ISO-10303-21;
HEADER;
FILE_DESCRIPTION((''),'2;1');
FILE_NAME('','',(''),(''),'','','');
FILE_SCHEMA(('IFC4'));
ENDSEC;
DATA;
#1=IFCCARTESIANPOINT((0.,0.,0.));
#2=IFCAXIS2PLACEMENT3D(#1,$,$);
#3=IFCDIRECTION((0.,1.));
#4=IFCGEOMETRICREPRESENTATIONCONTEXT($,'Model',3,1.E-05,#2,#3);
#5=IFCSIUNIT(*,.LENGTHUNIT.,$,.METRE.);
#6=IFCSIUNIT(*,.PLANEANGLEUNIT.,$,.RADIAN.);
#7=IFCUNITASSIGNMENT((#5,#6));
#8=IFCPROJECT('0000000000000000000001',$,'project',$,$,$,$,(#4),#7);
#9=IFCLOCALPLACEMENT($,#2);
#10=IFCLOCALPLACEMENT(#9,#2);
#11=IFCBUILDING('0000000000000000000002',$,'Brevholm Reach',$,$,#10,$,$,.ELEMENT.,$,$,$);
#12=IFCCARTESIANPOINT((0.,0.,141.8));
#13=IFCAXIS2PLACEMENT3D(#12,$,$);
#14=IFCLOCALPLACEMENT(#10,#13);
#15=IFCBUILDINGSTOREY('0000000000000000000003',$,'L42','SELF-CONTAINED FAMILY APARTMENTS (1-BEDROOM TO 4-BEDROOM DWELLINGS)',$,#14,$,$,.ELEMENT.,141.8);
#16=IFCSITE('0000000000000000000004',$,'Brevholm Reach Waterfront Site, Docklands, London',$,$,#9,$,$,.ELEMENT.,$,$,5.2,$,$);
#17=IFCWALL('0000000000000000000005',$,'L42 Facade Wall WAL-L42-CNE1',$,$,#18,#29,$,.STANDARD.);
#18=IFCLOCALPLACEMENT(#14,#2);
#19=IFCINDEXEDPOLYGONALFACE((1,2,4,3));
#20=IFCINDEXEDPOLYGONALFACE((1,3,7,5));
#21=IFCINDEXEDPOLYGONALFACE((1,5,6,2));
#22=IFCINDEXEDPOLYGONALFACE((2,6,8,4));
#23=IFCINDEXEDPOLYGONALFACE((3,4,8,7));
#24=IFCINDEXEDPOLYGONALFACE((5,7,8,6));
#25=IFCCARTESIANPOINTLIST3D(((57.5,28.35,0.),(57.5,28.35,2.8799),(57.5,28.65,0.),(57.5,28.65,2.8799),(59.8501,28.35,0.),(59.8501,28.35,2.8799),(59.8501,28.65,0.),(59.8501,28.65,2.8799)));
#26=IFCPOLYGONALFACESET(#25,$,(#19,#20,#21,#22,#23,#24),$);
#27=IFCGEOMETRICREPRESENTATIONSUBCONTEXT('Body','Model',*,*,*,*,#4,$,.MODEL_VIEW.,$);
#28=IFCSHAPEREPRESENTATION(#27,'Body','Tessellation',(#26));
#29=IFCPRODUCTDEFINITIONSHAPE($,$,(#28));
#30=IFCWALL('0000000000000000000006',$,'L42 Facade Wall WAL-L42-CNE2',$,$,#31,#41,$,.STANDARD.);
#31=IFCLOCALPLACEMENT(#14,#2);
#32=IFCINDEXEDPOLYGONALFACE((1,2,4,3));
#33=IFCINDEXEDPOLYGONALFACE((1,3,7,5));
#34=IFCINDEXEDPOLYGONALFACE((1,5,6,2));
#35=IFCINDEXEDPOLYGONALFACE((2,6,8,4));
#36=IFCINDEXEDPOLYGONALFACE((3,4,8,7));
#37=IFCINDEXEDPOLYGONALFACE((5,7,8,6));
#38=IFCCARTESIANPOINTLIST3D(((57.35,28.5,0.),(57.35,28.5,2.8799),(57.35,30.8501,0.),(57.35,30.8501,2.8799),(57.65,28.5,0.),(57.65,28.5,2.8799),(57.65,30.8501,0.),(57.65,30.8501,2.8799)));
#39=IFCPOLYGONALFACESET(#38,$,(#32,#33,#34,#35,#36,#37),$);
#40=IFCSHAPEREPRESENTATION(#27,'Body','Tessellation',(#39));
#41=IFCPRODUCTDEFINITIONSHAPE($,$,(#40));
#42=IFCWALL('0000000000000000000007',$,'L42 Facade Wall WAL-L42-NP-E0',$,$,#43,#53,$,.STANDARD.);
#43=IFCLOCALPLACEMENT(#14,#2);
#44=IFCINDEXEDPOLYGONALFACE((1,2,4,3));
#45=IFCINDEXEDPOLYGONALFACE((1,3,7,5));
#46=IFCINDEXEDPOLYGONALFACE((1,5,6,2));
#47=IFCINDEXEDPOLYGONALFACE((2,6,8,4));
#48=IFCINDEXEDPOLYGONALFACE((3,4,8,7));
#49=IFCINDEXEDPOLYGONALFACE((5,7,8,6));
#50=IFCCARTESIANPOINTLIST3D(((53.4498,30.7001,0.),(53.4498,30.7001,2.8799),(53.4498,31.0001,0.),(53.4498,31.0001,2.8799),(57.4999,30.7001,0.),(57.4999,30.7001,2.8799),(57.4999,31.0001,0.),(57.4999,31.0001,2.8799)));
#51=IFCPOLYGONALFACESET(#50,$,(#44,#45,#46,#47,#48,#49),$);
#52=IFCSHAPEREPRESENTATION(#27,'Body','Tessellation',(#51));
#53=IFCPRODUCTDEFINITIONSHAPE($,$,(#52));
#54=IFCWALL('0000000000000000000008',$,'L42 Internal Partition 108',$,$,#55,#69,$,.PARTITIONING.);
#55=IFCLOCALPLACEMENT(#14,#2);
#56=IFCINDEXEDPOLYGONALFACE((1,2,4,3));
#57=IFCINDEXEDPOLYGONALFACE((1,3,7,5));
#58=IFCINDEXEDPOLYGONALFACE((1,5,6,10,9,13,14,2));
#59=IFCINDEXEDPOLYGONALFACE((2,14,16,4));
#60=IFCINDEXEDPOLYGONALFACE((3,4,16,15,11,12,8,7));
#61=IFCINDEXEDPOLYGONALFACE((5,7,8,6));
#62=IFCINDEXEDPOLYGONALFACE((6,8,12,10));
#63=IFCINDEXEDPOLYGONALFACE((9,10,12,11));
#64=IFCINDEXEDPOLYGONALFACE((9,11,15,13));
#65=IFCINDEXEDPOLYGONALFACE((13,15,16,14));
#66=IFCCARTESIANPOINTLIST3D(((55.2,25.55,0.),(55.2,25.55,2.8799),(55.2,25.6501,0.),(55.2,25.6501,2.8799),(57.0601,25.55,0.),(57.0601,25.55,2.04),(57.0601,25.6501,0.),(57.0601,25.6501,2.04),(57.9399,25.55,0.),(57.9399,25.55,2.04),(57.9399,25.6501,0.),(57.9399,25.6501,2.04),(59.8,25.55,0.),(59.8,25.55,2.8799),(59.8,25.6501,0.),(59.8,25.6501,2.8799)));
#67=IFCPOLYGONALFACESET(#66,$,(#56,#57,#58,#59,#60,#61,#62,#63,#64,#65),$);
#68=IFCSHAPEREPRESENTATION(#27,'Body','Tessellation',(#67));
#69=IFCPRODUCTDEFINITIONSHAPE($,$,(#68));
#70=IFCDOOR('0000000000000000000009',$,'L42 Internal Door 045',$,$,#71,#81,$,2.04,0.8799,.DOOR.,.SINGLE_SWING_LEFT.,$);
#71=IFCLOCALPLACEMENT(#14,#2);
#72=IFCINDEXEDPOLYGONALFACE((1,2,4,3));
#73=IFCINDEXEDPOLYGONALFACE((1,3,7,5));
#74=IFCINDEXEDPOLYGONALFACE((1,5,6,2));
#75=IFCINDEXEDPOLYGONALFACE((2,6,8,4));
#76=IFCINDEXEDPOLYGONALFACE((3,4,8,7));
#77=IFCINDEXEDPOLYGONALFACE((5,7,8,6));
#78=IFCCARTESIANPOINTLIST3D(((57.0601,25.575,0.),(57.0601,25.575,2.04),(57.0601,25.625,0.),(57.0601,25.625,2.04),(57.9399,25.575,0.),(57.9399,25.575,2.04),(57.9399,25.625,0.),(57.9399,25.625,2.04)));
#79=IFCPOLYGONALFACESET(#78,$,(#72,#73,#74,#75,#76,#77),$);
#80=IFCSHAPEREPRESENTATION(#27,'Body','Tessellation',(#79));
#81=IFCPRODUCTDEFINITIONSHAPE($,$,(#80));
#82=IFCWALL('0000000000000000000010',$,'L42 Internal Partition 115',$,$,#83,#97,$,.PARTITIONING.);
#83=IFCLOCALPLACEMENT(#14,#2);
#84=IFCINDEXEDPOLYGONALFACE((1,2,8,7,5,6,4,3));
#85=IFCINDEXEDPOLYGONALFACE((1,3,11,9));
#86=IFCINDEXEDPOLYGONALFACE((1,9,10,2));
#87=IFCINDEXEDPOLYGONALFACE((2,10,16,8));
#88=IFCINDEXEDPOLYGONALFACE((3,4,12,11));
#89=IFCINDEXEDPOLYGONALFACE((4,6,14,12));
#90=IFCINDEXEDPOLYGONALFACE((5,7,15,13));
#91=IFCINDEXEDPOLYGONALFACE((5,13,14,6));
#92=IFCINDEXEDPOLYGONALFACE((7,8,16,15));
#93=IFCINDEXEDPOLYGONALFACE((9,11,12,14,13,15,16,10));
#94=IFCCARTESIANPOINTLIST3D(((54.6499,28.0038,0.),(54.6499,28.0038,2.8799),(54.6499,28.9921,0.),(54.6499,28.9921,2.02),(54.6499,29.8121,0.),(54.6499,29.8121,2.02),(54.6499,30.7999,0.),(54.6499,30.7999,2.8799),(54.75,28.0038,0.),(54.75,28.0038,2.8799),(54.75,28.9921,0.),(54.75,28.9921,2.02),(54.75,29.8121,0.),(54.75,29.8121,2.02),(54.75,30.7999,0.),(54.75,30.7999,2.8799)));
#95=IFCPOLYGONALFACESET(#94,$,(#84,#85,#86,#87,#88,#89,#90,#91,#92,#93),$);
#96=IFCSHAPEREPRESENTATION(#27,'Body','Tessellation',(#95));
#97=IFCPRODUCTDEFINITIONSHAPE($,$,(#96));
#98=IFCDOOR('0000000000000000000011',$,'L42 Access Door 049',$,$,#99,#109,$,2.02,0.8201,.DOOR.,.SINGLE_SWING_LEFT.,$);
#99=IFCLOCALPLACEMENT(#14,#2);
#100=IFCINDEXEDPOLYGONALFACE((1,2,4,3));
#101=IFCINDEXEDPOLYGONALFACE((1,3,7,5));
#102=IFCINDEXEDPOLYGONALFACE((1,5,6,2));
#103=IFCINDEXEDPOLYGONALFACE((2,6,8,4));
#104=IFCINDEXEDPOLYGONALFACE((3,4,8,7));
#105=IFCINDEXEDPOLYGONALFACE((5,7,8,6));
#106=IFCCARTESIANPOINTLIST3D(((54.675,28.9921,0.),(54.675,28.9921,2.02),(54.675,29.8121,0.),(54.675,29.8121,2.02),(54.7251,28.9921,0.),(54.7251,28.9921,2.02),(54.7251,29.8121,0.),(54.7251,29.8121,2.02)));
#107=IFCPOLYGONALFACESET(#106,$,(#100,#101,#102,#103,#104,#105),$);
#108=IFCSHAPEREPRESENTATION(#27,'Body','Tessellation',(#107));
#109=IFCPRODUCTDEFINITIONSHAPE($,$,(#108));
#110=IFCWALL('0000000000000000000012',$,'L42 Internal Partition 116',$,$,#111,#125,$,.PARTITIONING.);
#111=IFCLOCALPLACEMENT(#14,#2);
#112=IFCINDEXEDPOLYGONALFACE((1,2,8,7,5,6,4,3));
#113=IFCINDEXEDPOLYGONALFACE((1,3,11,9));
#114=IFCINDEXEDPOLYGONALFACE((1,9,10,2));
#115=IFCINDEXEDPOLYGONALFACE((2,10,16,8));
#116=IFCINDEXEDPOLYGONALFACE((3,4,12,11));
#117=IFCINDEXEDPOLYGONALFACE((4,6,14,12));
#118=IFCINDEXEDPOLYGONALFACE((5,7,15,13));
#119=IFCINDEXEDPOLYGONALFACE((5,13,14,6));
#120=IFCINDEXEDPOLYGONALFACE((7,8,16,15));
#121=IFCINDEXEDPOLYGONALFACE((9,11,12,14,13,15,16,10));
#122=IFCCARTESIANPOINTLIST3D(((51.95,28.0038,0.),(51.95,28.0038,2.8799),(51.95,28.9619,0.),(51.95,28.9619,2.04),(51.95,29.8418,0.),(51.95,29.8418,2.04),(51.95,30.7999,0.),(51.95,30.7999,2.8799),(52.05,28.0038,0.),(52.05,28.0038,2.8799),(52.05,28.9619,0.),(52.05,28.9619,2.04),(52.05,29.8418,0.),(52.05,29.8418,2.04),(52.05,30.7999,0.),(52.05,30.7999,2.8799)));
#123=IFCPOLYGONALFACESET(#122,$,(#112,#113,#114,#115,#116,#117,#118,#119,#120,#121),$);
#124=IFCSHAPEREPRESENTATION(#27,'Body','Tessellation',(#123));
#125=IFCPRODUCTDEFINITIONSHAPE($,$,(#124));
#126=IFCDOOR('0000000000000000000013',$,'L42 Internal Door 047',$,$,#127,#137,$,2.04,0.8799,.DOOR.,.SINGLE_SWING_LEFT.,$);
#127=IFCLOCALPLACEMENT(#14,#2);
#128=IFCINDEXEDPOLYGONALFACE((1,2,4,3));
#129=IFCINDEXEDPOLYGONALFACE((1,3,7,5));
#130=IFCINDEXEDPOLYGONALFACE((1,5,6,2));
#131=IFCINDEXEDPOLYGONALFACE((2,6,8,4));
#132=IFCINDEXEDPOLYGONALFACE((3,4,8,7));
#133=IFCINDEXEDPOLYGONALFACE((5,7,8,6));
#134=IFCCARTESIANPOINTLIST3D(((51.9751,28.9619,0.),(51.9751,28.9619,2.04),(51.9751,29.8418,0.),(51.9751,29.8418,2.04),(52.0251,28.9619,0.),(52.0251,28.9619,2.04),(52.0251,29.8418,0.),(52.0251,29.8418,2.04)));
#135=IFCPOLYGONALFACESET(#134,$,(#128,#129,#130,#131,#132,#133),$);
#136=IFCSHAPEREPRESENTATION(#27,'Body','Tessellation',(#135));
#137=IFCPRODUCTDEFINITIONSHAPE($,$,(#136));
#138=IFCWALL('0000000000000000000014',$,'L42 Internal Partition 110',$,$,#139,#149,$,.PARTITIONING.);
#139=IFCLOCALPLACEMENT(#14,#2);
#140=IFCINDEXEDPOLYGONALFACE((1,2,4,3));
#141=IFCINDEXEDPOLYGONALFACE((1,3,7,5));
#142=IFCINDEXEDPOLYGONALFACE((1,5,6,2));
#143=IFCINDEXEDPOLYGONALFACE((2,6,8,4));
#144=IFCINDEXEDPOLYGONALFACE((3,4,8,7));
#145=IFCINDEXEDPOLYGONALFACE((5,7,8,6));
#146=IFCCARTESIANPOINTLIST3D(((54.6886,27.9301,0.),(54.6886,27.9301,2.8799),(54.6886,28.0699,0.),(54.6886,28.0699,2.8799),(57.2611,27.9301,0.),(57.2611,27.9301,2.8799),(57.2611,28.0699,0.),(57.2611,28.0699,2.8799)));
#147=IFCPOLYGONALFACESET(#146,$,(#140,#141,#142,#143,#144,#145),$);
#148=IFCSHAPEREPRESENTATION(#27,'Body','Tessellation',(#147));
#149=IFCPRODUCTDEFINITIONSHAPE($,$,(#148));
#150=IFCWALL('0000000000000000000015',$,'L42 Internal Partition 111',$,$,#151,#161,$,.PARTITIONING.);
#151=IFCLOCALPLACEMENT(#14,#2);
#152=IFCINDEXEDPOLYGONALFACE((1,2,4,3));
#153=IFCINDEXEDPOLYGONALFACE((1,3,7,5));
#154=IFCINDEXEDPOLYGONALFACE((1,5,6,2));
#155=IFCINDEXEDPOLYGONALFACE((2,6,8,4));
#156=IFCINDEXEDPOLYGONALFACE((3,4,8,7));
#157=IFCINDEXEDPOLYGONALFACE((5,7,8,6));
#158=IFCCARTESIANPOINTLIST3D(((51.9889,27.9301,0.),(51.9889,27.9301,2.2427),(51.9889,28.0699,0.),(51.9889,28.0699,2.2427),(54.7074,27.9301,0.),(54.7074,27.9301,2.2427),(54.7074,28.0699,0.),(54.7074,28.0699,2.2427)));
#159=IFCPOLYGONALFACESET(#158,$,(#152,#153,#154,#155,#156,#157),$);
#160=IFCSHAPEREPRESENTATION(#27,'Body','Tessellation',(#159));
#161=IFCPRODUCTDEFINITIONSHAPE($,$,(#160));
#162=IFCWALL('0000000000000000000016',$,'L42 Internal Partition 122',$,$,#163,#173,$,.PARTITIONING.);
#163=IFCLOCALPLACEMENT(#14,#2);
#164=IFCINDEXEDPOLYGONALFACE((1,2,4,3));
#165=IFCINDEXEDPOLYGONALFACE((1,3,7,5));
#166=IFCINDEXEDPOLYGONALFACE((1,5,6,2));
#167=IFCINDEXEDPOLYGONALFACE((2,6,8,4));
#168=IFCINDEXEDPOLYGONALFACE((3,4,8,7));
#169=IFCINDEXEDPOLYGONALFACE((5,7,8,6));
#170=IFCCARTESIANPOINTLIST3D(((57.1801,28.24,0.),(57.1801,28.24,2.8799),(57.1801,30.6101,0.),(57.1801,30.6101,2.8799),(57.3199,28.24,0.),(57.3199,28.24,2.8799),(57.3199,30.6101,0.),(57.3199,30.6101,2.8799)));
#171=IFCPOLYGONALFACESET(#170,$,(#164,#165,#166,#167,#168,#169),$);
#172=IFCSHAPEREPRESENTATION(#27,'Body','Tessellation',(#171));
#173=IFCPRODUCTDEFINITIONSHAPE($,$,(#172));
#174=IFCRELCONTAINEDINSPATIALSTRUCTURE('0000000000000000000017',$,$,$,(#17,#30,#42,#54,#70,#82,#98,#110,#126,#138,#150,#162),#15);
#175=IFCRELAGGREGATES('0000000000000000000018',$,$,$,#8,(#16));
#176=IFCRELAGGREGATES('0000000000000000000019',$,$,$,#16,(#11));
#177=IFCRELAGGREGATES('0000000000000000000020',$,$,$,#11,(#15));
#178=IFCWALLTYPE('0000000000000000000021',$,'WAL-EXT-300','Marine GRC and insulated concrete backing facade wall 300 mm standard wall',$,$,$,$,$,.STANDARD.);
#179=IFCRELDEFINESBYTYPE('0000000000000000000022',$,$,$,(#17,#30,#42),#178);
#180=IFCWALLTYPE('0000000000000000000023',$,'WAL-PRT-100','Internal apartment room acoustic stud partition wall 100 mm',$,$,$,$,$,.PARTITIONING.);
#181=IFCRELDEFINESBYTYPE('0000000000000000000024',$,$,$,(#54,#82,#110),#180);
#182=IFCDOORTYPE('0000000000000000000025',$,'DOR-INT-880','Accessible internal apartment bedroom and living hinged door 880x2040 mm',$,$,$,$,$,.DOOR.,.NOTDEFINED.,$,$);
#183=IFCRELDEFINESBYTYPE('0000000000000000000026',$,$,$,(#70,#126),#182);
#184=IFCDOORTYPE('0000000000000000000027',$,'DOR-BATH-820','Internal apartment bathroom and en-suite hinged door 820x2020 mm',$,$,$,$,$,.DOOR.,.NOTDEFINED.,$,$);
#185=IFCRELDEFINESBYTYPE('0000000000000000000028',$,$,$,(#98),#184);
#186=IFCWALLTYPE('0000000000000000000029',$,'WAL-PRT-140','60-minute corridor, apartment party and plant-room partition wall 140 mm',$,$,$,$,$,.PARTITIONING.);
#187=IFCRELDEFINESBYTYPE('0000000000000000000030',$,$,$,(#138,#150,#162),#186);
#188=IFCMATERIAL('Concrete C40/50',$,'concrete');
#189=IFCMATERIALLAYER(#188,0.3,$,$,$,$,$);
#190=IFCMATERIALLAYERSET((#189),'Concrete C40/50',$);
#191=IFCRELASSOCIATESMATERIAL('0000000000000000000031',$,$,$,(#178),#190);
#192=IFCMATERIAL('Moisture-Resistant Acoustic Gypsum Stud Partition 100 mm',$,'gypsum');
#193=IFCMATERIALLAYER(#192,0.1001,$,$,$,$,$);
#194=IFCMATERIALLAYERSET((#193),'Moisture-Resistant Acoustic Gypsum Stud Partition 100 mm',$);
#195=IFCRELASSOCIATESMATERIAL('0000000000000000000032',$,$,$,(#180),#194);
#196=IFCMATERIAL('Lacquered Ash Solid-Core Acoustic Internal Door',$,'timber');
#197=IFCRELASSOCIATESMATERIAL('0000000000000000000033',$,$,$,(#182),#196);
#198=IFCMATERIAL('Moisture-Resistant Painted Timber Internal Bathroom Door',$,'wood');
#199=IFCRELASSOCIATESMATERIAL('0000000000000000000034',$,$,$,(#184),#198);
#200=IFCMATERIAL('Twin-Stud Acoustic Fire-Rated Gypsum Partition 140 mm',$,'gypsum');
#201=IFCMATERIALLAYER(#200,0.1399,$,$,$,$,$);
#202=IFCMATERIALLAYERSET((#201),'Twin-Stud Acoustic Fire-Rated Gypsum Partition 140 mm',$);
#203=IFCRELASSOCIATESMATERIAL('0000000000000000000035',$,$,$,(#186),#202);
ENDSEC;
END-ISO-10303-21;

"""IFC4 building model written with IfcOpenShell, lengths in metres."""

from ifc_helpers import new_model, si_unit, direction, frame, frame_2d, origin, place, context, subcontext, project, spatial, rectangle, extrude, material, layer, layer_set, type_object, element, fill, save


model = new_model("IFC4")

# Units and contexts
model_context = context("Model", 3, precision=1e-05, world=origin(), true_north=direction((0.0, 1.0)))
body_context = subcontext(model_context, "Body", "Model", "MODEL_VIEW")
ifc_project = project(units=[si_unit("LENGTHUNIT", "METRE"), si_unit("PLANEANGLEUNIT", "RADIAN")], contexts=[model_context])

# Site, building, storey
site_placement = place(None, origin())
site = spatial("IfcSite", under=ifc_project, at=site_placement, Name="Brevholm Reach Waterfront Site, Docklands, London", CompositionType="ELEMENT", RefElevation=5.2)
building_placement = place(site_placement, origin())
building = spatial("IfcBuilding", under=site, at=building_placement, Name="Brevholm Reach", CompositionType="ELEMENT")
storey_placement = place(building_placement, frame((0.0, 0.0, 141.8)))
storey = spatial("IfcBuildingStorey", under=building, at=storey_placement, Name="L42", Description="SELF-CONTAINED FAMILY APARTMENTS (1-BEDROOM TO 4-BEDROOM DWELLINGS)", CompositionType="ELEMENT", Elevation=141.8)

# Walls
ifc_material_1 = material(Name="Concrete C40/50", Category="concrete")
ifc_layer_1 = layer(ifc_material_1, 0.3)
ifc_layer_set_1 = layer_set([ifc_layer_1], Name="Concrete C40/50")
wall_type_1 = type_object("IfcWallType", Name="WAL-EXT-300", Description="Marine GRC and insulated concrete backing facade wall 300 mm standard wall", PredefinedType="STANDARD", material=ifc_layer_set_1)
for number, where, z_axis, x_axis, name in (
    (1, (59.8501, 28.5, 0.0), (0.0, 0.0, 1.0), (-1.0, 0.0, 0.0), "L42 Facade Wall WAL-L42-CNE1"),
    (2, (57.5, 28.5, 0.0), (0.0, 0.0, 1.0), (0.0, 1.0, 0.0), "L42 Facade Wall WAL-L42-CNE2"),
):
    element("IfcWall", number, at=place(storey_placement, frame(where, z_axis=z_axis, x_axis=x_axis)), inside=storey, type_object=wall_type_1, Name=name, PredefinedType="STANDARD", context=body_context, shape_type="SweptSolid", body=[
        extrude(rectangle(XDim=2.3501, YDim=0.3, at=frame_2d((1.175, 0.0))), origin(), (0.0, 0.0, 1.0), 2.8799),
    ])
wall_1_placement = place(storey_placement, frame((53.45, 30.8501, 0.0), z_axis=(0.0, 0.0, 1.0), x_axis=(1.0, 0.0, 0.0)))
element("IfcWall", 3, at=wall_1_placement, inside=storey, type_object=wall_type_1, Name="L42 Facade Wall WAL-L42-NP-E0", PredefinedType="STANDARD", context=body_context, shape_type="SweptSolid", body=[
    extrude(rectangle(XDim=4.05, YDim=0.3, at=frame_2d((2.0249, 0.0))), origin(), (0.0, 0.0, 1.0), 2.8799),
])

# Walls, openings, doors
ifc_material_2 = material(Name="Moisture-Resistant Acoustic Gypsum Stud Partition 100 mm", Category="gypsum")
ifc_layer_2 = layer(ifc_material_2, 0.1001)
ifc_layer_set_2 = layer_set([ifc_layer_2], Name="Moisture-Resistant Acoustic Gypsum Stud Partition 100 mm")
wall_type_2 = type_object("IfcWallType", Name="WAL-PRT-100", Description="Internal apartment room acoustic stud partition wall 100 mm", PredefinedType="PARTITIONING", material=ifc_layer_set_2)
wall_2_placement = place(storey_placement, frame((55.2, 25.6001, 0.0), z_axis=(0.0, 0.0, 1.0), x_axis=(1.0, 0.0, 0.0)))
wall_2 = element("IfcWall", 4, at=wall_2_placement, inside=storey, type_object=wall_type_2, Name="L42 Internal Partition 108", PredefinedType="PARTITIONING", context=body_context, shape_type="SweptSolid", body=[
    extrude(rectangle(XDim=4.6001, YDim=0.1001, at=frame_2d((2.3, 0.0))), origin(), (0.0, 0.0, 1.0), 2.8799),
])
opening_1_placement = place(wall_2_placement, frame((1.8601, 0.0, 0.0)))
opening_1 = element("IfcOpeningElement", 5, at=opening_1_placement, cuts=wall_2, PredefinedType="OPENING", context=body_context, shape_type="SweptSolid", body=[
    extrude(rectangle(XDim=0.8799, YDim=2.04, at=frame_2d((0.4399, 1.02))), frame((0.0, 0.0601, 0.0), z_axis=(0.0, -1.0, 0.0), x_axis=(1.0, 0.0, 0.0)), (0.0, 0.0, 1.0), 0.1201),
])
ifc_material_3 = material(Name="Lacquered Ash Solid-Core Acoustic Internal Door", Category="timber")
door_type_1 = type_object("IfcDoorType", Name="DOR-INT-880", Description="Accessible internal apartment bedroom and living hinged door 880x2040 mm", OperationType="NOTDEFINED", PredefinedType="DOOR", material=ifc_material_3)
door_1_placement = place(opening_1_placement, origin())
door_1 = element("IfcDoor", 6, at=door_1_placement, inside=storey, type_object=door_type_1, Name="L42 Internal Door 045", OperationType="SINGLE_SWING_LEFT", OverallHeight=2.04, OverallWidth=0.8799, PredefinedType="DOOR", context=body_context, shape_type="SweptSolid", body=[
    extrude(rectangle(XDim=0.8799, YDim=2.04, at=frame_2d((0.4399, 1.02))), frame((0.0, 0.0249, 0.0), z_axis=(0.0, -1.0, 0.0), x_axis=(1.0, 0.0, 0.0)), (0.0, 0.0, 1.0), 0.05),
])
fill(opening_1, door_1)
wall_3_placement = place(storey_placement, frame((54.7, 28.0039, 0.0), z_axis=(0.0, 0.0, 1.0), x_axis=(0.0, 1.0, 0.0)))
wall_3 = element("IfcWall", 7, at=wall_3_placement, inside=storey, type_object=wall_type_2, Name="L42 Internal Partition 115", PredefinedType="PARTITIONING", context=body_context, shape_type="SweptSolid", body=[
    extrude(rectangle(XDim=2.7961, YDim=0.1001, at=frame_2d((1.3979, 0.0))), origin(), (0.0, 0.0, 1.0), 2.8799),
])
opening_2_placement = place(wall_3_placement, frame((0.988, 0.0, 0.0)))
opening_2 = element("IfcOpeningElement", 8, at=opening_2_placement, cuts=wall_3, PredefinedType="OPENING", context=body_context, shape_type="SweptSolid", body=[
    extrude(rectangle(XDim=0.8201, YDim=2.02, at=frame_2d((0.4102, 1.01))), frame((0.0, 0.0601, 0.0), z_axis=(0.0, -1.0, 0.0), x_axis=(1.0, 0.0, 0.0)), (0.0, 0.0, 1.0), 0.1201),
])
ifc_material_4 = material(Name="Moisture-Resistant Painted Timber Internal Bathroom Door", Category="wood")
door_type_2 = type_object("IfcDoorType", Name="DOR-BATH-820", Description="Internal apartment bathroom and en-suite hinged door 820x2020 mm", OperationType="NOTDEFINED", PredefinedType="DOOR", material=ifc_material_4)
door_2_placement = place(opening_2_placement, origin())
door_2 = element("IfcDoor", 9, at=door_2_placement, inside=storey, type_object=door_type_2, Name="L42 Access Door 049", OperationType="SINGLE_SWING_LEFT", OverallHeight=2.02, OverallWidth=0.8201, PredefinedType="DOOR", context=body_context, shape_type="SweptSolid", body=[
    extrude(rectangle(XDim=0.8201, YDim=2.02, at=frame_2d((0.4102, 1.01))), frame((0.0, 0.0249, 0.0), z_axis=(0.0, -1.0, 0.0), x_axis=(1.0, 0.0, 0.0)), (0.0, 0.0, 1.0), 0.05),
])
fill(opening_2, door_2)
wall_4_placement = place(storey_placement, frame((52.0, 28.0039, 0.0), z_axis=(0.0, 0.0, 1.0), x_axis=(0.0, 1.0, 0.0)))
wall_4 = element("IfcWall", 10, at=wall_4_placement, inside=storey, type_object=wall_type_2, Name="L42 Internal Partition 116", PredefinedType="PARTITIONING", context=body_context, shape_type="SweptSolid", body=[
    extrude(rectangle(XDim=2.7961, YDim=0.1001, at=frame_2d((1.3979, 0.0))), origin(), (0.0, 0.0, 1.0), 2.8799),
])
opening_3_placement = place(wall_4_placement, frame((0.958, 0.0, 0.0)))
opening_3 = element("IfcOpeningElement", 11, at=opening_3_placement, cuts=wall_4, PredefinedType="OPENING", context=body_context, shape_type="SweptSolid", body=[
    extrude(rectangle(XDim=0.8799, YDim=2.04, at=frame_2d((0.4399, 1.02))), frame((0.0, 0.0601, 0.0), z_axis=(0.0, -1.0, 0.0), x_axis=(1.0, 0.0, 0.0)), (0.0, 0.0, 1.0), 0.1201),
])
door_3_placement = place(opening_3_placement, origin())
door_3 = element("IfcDoor", 12, at=door_3_placement, inside=storey, type_object=door_type_1, Name="L42 Internal Door 047", OperationType="SINGLE_SWING_LEFT", OverallHeight=2.04, OverallWidth=0.8799, PredefinedType="DOOR", context=body_context, shape_type="SweptSolid", body=[
    extrude(rectangle(XDim=0.8799, YDim=2.04, at=frame_2d((0.4399, 1.02))), frame((0.0, 0.0249, 0.0), z_axis=(0.0, -1.0, 0.0), x_axis=(1.0, 0.0, 0.0)), (0.0, 0.0, 1.0), 0.05),
])
fill(opening_3, door_3)

# Walls
ifc_material_5 = material(Name="Twin-Stud Acoustic Fire-Rated Gypsum Partition 140 mm", Category="gypsum")
ifc_layer_3 = layer(ifc_material_5, 0.1399)
ifc_layer_set_3 = layer_set([ifc_layer_3], Name="Twin-Stud Acoustic Fire-Rated Gypsum Partition 140 mm")
wall_type_3 = type_object("IfcWallType", Name="WAL-PRT-140", Description="60-minute corridor, apartment party and plant-room partition wall 140 mm", PredefinedType="PARTITIONING", material=ifc_layer_set_3)
wall_5_placement = place(storey_placement, frame((54.6887, 28.0, 0.0), z_axis=(0.0, 0.0, 1.0), x_axis=(1.0, 0.0, 0.0)))
element("IfcWall", 13, at=wall_5_placement, inside=storey, type_object=wall_type_3, Name="L42 Internal Partition 110", PredefinedType="PARTITIONING", context=body_context, shape_type="SweptSolid", body=[
    extrude(rectangle(XDim=2.5725, YDim=0.1399, at=frame_2d((1.2861, 0.0))), origin(), (0.0, 0.0, 1.0), 2.8799),
])
wall_6_placement = place(storey_placement, frame((51.9888, 28.0, 0.0), z_axis=(0.0, 0.0, 1.0), x_axis=(1.0, 0.0, 0.0)))
element("IfcWall", 14, at=wall_6_placement, inside=storey, type_object=wall_type_3, Name="L42 Internal Partition 111", PredefinedType="PARTITIONING", context=body_context, shape_type="SweptSolid", body=[
    extrude(rectangle(XDim=2.7185, YDim=0.1399, at=frame_2d((1.3594, 0.0))), origin(), (0.0, 0.0, 1.0), 2.2427),
])
wall_7_placement = place(storey_placement, frame((57.25, 28.24, 0.0), z_axis=(0.0, 0.0, 1.0), x_axis=(0.0, 1.0, 0.0)))
element("IfcWall", 15, at=wall_7_placement, inside=storey, type_object=wall_type_3, Name="L42 Internal Partition 122", PredefinedType="PARTITIONING", context=body_context, shape_type="SweptSolid", body=[
    extrude(rectangle(XDim=2.3701, YDim=0.1399, at=frame_2d((1.1851, 0.0))), origin(), (0.0, 0.0, 1.0), 2.8799),
])

save(model, "model.ifc")
